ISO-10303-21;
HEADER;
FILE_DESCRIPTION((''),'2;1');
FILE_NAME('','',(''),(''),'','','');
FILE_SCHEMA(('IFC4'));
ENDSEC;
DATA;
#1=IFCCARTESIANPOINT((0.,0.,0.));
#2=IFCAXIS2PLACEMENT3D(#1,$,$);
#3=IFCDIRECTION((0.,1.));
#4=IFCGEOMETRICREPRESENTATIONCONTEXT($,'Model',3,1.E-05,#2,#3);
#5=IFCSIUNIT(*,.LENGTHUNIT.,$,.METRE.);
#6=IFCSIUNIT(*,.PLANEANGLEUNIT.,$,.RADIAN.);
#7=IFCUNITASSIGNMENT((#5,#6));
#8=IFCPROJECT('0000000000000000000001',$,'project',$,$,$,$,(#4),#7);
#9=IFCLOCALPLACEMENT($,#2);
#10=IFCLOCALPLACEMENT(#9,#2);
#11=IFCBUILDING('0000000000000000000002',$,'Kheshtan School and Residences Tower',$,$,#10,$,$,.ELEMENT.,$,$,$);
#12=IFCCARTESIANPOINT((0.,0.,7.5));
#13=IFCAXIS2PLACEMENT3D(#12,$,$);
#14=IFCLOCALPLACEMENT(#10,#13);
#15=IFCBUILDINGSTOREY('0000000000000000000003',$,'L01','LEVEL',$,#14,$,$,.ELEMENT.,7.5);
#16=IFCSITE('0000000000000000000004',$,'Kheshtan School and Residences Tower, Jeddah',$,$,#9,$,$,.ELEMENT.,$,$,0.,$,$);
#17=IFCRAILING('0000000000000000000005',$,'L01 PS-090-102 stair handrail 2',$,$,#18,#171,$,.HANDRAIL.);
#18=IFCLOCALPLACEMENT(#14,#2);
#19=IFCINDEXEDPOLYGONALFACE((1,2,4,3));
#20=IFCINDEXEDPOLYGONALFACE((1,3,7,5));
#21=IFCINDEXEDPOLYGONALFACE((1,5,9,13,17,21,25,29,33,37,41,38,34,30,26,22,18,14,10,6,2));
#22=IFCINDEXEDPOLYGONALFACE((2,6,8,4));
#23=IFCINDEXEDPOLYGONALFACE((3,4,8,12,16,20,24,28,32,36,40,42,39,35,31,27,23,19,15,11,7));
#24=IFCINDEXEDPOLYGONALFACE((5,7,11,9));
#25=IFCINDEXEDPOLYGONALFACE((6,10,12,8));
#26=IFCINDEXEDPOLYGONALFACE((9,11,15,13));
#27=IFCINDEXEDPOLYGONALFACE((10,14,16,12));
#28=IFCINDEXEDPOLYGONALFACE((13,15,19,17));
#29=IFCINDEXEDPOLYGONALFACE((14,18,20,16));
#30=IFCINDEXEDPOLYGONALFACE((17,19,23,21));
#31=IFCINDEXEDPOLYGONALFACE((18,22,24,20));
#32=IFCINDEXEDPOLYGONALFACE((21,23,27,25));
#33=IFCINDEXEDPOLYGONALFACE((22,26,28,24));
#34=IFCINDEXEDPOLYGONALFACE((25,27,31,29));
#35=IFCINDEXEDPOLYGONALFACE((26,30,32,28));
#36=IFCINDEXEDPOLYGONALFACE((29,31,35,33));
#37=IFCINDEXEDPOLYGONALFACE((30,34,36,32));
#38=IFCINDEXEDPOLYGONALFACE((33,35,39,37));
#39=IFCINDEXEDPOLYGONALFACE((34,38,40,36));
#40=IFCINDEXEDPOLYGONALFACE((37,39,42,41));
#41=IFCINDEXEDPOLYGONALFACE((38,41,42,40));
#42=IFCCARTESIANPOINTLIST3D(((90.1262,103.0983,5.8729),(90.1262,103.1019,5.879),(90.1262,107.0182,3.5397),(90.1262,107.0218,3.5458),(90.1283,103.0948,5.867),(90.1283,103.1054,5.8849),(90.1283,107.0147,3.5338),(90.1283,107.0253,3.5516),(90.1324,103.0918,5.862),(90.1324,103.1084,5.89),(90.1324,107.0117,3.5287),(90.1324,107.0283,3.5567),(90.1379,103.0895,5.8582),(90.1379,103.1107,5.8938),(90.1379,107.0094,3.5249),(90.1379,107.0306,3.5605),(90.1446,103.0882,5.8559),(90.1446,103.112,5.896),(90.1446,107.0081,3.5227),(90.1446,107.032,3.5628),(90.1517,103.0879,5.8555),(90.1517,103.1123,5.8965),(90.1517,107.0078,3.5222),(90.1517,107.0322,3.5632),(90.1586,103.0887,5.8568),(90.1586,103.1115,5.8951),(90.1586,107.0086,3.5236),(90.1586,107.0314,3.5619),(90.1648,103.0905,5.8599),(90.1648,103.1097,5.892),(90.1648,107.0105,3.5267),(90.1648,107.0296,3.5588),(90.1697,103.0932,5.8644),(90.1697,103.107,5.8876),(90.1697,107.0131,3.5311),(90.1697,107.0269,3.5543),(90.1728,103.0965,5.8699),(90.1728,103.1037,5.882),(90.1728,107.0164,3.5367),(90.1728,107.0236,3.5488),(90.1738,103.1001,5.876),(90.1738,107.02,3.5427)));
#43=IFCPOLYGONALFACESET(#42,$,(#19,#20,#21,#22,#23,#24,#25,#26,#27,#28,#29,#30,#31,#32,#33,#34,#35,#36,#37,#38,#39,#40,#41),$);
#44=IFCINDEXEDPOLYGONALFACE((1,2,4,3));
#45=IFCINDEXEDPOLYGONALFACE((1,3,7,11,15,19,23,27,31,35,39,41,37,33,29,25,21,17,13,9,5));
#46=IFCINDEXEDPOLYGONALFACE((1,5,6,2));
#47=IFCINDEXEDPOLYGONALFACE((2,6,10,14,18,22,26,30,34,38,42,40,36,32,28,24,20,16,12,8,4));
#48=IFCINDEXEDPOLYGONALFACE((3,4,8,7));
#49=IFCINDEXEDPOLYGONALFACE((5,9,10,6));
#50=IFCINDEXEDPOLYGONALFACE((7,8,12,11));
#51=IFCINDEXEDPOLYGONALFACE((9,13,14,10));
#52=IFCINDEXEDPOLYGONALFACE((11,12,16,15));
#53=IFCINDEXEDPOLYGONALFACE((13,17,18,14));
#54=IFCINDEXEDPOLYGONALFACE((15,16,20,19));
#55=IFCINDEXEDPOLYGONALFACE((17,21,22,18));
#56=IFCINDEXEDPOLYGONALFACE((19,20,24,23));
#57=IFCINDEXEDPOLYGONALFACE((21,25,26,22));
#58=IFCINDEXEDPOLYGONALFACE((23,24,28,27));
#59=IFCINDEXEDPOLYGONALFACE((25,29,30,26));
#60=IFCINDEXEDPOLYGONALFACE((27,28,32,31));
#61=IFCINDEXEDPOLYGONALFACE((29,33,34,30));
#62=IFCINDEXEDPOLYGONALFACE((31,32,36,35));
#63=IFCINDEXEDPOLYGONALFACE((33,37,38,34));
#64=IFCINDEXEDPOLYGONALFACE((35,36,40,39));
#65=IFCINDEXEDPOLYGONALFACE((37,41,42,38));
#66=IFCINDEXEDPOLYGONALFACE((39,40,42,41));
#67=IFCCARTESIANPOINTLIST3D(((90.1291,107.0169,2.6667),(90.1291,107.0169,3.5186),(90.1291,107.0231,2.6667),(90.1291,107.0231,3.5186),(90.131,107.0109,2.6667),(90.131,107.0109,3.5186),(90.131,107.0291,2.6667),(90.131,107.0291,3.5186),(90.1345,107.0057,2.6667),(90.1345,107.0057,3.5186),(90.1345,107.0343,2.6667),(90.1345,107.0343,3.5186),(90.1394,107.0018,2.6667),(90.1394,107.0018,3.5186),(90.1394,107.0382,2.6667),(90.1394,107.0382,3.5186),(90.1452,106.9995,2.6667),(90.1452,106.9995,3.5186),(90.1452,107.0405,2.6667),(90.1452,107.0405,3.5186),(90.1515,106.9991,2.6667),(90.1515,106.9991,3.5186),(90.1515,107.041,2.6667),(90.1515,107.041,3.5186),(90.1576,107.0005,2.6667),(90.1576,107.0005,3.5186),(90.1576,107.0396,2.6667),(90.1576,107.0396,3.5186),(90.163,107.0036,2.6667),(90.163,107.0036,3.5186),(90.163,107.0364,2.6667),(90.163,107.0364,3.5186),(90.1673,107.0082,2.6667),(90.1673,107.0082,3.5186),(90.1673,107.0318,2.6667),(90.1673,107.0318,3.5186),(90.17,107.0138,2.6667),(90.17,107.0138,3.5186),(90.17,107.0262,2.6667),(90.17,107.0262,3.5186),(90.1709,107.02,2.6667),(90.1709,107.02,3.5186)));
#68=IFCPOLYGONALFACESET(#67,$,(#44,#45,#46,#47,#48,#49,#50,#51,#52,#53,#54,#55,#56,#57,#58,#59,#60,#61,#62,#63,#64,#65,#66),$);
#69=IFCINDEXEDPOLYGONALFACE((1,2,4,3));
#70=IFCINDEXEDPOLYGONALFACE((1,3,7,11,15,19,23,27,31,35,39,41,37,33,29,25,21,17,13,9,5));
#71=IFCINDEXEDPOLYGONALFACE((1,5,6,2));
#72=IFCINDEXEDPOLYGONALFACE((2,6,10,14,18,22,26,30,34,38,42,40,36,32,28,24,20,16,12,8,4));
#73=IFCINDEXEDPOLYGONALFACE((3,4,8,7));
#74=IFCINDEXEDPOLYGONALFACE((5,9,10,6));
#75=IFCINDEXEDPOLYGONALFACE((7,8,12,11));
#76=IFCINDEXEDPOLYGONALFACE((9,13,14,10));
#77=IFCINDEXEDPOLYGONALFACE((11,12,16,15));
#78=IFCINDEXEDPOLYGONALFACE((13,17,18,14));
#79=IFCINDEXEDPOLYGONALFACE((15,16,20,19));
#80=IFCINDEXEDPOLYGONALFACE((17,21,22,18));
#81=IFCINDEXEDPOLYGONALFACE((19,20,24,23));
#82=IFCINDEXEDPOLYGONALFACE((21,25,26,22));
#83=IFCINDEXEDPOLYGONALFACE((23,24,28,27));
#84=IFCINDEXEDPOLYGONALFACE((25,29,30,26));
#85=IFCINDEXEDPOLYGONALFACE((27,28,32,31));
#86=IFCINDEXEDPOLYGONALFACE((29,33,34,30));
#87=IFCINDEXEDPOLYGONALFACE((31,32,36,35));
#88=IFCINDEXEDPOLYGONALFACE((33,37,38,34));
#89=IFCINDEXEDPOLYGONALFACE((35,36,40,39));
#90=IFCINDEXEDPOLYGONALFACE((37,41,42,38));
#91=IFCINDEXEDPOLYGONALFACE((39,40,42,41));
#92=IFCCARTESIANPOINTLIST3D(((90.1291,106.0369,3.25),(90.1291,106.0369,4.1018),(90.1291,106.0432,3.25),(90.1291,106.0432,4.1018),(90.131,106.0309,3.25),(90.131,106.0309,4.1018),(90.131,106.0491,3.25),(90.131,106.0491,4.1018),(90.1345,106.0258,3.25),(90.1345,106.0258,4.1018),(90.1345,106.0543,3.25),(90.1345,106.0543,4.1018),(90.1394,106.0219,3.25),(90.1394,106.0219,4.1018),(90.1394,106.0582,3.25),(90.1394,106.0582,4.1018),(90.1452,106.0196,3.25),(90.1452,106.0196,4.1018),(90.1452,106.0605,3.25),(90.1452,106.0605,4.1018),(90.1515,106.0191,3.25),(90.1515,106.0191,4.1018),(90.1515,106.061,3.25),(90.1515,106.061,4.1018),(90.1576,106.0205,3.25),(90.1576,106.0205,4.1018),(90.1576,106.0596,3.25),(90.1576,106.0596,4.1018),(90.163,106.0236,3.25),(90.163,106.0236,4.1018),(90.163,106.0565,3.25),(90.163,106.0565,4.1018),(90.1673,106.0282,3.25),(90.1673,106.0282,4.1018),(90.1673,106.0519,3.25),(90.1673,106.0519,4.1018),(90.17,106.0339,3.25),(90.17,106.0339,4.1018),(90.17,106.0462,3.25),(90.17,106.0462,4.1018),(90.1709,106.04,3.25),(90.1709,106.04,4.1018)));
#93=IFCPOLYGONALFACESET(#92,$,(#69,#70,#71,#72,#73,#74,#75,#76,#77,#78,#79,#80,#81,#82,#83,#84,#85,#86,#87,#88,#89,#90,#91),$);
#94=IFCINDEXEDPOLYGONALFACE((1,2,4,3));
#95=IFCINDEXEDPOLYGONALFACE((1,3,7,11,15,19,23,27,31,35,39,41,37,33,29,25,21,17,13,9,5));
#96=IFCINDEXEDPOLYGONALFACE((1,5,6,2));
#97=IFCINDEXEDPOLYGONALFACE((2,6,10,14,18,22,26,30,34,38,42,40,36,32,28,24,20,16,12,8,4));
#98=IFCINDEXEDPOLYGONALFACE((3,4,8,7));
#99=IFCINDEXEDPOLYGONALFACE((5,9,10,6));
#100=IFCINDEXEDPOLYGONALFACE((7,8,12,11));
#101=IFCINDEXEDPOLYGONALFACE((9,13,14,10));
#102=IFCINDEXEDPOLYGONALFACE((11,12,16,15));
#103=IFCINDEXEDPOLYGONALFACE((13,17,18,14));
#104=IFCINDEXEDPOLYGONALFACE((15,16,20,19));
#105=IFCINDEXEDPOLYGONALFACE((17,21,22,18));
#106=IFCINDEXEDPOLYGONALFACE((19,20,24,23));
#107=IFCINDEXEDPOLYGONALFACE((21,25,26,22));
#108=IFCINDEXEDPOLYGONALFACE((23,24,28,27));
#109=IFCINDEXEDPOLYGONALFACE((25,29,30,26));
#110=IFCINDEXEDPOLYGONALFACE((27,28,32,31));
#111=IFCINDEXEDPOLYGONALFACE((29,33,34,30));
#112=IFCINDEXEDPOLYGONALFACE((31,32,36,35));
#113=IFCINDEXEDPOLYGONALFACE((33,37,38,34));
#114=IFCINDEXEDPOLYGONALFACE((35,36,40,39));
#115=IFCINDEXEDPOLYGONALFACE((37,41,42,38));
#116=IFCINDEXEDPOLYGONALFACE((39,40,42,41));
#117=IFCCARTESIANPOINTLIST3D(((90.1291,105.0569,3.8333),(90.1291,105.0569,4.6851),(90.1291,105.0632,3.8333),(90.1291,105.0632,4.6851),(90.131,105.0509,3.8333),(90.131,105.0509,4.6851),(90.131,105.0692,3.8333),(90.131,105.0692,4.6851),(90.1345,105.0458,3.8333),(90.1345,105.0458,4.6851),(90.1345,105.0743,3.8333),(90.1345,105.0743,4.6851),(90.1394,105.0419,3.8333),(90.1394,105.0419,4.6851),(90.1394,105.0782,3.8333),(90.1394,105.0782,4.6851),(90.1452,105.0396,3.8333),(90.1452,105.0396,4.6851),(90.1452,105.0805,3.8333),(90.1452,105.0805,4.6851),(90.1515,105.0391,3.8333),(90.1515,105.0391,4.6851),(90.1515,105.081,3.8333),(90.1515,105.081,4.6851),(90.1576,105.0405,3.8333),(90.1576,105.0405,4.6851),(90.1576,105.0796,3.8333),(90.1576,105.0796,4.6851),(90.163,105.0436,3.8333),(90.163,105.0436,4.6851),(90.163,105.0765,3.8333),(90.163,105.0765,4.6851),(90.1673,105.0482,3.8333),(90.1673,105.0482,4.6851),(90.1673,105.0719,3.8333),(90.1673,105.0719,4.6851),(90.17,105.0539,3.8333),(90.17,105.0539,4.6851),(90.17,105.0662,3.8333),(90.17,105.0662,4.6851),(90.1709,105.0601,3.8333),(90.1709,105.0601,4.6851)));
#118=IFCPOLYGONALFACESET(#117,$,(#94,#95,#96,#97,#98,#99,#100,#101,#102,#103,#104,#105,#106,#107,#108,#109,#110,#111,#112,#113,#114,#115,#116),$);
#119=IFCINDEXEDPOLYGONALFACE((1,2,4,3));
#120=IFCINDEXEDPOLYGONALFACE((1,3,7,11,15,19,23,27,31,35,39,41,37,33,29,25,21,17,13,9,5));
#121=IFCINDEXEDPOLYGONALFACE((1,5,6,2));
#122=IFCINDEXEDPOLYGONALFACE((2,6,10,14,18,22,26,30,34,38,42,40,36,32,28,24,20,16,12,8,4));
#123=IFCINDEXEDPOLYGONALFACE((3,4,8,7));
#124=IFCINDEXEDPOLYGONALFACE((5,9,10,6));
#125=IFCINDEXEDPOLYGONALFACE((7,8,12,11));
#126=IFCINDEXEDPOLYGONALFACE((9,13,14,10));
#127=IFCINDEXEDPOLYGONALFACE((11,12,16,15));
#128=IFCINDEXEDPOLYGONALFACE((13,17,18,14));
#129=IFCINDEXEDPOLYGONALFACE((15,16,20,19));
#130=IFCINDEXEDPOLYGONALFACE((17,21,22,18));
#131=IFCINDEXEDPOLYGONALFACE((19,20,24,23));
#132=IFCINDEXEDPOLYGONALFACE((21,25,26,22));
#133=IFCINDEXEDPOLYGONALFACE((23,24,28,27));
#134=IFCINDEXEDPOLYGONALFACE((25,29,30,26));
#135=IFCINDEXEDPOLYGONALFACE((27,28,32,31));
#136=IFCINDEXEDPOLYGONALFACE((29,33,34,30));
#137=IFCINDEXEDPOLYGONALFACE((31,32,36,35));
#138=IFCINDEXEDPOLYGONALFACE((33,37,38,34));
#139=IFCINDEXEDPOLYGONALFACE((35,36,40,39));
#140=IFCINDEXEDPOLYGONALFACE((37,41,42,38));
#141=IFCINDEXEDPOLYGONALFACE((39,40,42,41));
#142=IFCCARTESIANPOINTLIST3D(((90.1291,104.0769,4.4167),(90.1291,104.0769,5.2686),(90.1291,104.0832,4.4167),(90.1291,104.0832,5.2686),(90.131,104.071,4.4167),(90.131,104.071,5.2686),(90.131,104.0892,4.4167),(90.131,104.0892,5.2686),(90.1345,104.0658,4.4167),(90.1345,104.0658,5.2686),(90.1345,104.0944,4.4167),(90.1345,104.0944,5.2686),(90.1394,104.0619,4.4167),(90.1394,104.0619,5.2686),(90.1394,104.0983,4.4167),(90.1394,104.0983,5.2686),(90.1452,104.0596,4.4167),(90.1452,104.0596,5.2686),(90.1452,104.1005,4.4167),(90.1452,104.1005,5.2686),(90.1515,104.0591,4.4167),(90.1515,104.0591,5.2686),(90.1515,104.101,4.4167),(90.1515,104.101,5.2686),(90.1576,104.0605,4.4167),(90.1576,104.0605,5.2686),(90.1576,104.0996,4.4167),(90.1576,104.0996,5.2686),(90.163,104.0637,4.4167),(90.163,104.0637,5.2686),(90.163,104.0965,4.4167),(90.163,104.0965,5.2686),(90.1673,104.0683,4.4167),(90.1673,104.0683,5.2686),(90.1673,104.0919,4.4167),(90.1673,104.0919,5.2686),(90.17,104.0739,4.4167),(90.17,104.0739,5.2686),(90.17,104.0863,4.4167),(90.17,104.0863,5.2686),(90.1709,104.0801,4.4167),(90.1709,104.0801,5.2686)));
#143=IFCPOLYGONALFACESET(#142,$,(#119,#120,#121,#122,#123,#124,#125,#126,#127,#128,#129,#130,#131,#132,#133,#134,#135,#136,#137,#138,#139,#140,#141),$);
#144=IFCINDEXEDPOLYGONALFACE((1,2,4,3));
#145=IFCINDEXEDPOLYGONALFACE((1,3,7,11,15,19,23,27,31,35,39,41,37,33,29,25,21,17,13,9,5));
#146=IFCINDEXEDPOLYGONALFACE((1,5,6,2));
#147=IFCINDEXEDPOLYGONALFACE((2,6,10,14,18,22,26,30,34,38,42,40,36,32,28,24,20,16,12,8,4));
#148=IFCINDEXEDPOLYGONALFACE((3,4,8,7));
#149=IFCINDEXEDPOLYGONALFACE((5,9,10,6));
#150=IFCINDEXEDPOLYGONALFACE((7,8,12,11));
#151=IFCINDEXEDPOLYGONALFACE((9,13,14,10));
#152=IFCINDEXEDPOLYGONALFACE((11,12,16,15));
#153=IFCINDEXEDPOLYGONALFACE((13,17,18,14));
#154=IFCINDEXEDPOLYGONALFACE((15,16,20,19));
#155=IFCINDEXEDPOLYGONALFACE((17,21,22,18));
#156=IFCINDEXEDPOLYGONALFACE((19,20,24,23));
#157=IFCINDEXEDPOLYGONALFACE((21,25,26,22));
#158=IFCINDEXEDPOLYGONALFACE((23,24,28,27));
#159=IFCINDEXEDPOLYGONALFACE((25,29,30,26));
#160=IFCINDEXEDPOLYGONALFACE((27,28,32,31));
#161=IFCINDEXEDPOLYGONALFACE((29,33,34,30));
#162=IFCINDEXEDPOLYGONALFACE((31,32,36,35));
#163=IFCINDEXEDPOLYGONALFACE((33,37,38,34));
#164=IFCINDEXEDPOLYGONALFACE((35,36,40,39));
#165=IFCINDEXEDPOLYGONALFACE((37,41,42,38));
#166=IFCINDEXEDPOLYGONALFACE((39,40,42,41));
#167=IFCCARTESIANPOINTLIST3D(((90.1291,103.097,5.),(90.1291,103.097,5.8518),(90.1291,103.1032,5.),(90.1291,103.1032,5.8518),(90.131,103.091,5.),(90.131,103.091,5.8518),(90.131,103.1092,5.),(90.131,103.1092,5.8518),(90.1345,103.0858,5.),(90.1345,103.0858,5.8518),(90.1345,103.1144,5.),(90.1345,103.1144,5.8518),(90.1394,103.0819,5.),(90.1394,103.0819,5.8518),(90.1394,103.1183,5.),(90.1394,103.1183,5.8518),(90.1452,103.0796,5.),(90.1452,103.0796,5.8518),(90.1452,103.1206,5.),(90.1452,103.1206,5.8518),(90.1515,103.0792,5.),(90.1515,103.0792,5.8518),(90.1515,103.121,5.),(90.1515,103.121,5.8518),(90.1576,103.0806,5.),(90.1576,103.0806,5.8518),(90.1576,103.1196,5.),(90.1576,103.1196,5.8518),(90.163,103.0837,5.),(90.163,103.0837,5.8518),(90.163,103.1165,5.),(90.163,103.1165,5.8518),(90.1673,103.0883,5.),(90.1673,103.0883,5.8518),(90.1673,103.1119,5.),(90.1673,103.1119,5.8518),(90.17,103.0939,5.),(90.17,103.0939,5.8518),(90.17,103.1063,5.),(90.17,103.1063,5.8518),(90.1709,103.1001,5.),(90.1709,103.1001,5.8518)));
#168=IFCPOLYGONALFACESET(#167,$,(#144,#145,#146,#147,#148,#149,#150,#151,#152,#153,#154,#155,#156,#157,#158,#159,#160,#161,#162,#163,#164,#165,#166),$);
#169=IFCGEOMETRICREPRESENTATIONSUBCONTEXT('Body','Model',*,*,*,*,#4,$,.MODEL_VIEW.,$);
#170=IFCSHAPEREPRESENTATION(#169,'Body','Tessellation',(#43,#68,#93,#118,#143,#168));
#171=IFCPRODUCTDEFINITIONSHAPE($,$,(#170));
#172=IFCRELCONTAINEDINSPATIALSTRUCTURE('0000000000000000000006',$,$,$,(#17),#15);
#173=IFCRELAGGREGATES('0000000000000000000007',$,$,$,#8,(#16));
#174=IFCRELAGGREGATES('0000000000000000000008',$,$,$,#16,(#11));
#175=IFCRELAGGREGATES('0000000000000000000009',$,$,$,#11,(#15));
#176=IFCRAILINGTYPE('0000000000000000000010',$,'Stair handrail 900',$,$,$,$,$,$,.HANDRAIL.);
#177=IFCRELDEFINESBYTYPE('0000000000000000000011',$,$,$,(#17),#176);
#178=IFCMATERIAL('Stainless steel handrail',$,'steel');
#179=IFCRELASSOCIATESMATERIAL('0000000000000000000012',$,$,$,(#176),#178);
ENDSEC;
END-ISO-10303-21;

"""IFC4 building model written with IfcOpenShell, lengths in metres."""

from ifc_helpers import new_model, si_unit, direction, frame, origin, origin_2d, place, context, subcontext, project, spatial, circle, extrude, material, type_object, element, save


model = new_model("IFC4")

# Units and contexts
model_context = context("Model", 3, precision=1e-05, world=origin(), true_north=direction((0.0, 1.0)))
body_context = subcontext(model_context, "Body", "Model", "MODEL_VIEW")
ifc_project = project(units=[si_unit("LENGTHUNIT", "METRE"), si_unit("PLANEANGLEUNIT", "RADIAN")], contexts=[model_context])

# Site, building, storey
site_placement = place(None, origin())
site = spatial("IfcSite", under=ifc_project, at=site_placement, Name="Kheshtan School and Residences Tower, Jeddah", CompositionType="ELEMENT", RefElevation=0.0)
building_placement = place(site_placement, origin())
building = spatial("IfcBuilding", under=site, at=building_placement, Name="Kheshtan School and Residences Tower", CompositionType="ELEMENT")
storey_placement = place(building_placement, frame((0.0, 0.0, 7.5)))
storey = spatial("IfcBuildingStorey", under=building, at=storey_placement, Name="L01", Description="LEVEL", CompositionType="ELEMENT", Elevation=7.5)

# Railing
ifc_material_1 = material(Name="Stainless steel handrail", Category="steel")
railing_type_1 = type_object("IfcRailingType", Name="Stair handrail 900", PredefinedType="HANDRAIL", material=ifc_material_1)
railing_1_placement = place(storey_placement, frame((90.1499, 107.02, 2.6667)))
element("IfcRailing", 1, at=railing_1_placement, inside=storey, type_object=railing_type_1, Name="L01 PS-090-102 stair handrail 2", PredefinedType="HANDRAIL", context=body_context, shape_type="SweptSolid", body=[
    extrude(circle(Radius=0.0239, at=origin_2d()), frame((0.0, 0.0, 0.876), z_axis=(0.0, -0.859296, 0.511478), x_axis=(1.0, 0.0, 0.0)), (0.0, 0.0, 1.0), 4.5618),
    extrude(circle(Radius=0.021, at=origin_2d()), origin(), (0.0, 0.0, 1.0), 0.8518),
    extrude(circle(Radius=0.021, at=origin_2d()), frame((0.0, -0.98, 0.5833)), (0.0, 0.0, 1.0), 0.8518),
    extrude(circle(Radius=0.021, at=origin_2d()), frame((0.0, -1.96, 1.1665)), (0.0, 0.0, 1.0), 0.8518),
    extrude(circle(Radius=0.021, at=origin_2d()), frame((0.0, -2.9399, 1.75)), (0.0, 0.0, 1.0), 0.8518),
    extrude(circle(Radius=0.021, at=origin_2d()), frame((0.0, -3.9199, 2.3333)), (0.0, 0.0, 1.0), 0.8518),
])

save(model, "model.ifc")
